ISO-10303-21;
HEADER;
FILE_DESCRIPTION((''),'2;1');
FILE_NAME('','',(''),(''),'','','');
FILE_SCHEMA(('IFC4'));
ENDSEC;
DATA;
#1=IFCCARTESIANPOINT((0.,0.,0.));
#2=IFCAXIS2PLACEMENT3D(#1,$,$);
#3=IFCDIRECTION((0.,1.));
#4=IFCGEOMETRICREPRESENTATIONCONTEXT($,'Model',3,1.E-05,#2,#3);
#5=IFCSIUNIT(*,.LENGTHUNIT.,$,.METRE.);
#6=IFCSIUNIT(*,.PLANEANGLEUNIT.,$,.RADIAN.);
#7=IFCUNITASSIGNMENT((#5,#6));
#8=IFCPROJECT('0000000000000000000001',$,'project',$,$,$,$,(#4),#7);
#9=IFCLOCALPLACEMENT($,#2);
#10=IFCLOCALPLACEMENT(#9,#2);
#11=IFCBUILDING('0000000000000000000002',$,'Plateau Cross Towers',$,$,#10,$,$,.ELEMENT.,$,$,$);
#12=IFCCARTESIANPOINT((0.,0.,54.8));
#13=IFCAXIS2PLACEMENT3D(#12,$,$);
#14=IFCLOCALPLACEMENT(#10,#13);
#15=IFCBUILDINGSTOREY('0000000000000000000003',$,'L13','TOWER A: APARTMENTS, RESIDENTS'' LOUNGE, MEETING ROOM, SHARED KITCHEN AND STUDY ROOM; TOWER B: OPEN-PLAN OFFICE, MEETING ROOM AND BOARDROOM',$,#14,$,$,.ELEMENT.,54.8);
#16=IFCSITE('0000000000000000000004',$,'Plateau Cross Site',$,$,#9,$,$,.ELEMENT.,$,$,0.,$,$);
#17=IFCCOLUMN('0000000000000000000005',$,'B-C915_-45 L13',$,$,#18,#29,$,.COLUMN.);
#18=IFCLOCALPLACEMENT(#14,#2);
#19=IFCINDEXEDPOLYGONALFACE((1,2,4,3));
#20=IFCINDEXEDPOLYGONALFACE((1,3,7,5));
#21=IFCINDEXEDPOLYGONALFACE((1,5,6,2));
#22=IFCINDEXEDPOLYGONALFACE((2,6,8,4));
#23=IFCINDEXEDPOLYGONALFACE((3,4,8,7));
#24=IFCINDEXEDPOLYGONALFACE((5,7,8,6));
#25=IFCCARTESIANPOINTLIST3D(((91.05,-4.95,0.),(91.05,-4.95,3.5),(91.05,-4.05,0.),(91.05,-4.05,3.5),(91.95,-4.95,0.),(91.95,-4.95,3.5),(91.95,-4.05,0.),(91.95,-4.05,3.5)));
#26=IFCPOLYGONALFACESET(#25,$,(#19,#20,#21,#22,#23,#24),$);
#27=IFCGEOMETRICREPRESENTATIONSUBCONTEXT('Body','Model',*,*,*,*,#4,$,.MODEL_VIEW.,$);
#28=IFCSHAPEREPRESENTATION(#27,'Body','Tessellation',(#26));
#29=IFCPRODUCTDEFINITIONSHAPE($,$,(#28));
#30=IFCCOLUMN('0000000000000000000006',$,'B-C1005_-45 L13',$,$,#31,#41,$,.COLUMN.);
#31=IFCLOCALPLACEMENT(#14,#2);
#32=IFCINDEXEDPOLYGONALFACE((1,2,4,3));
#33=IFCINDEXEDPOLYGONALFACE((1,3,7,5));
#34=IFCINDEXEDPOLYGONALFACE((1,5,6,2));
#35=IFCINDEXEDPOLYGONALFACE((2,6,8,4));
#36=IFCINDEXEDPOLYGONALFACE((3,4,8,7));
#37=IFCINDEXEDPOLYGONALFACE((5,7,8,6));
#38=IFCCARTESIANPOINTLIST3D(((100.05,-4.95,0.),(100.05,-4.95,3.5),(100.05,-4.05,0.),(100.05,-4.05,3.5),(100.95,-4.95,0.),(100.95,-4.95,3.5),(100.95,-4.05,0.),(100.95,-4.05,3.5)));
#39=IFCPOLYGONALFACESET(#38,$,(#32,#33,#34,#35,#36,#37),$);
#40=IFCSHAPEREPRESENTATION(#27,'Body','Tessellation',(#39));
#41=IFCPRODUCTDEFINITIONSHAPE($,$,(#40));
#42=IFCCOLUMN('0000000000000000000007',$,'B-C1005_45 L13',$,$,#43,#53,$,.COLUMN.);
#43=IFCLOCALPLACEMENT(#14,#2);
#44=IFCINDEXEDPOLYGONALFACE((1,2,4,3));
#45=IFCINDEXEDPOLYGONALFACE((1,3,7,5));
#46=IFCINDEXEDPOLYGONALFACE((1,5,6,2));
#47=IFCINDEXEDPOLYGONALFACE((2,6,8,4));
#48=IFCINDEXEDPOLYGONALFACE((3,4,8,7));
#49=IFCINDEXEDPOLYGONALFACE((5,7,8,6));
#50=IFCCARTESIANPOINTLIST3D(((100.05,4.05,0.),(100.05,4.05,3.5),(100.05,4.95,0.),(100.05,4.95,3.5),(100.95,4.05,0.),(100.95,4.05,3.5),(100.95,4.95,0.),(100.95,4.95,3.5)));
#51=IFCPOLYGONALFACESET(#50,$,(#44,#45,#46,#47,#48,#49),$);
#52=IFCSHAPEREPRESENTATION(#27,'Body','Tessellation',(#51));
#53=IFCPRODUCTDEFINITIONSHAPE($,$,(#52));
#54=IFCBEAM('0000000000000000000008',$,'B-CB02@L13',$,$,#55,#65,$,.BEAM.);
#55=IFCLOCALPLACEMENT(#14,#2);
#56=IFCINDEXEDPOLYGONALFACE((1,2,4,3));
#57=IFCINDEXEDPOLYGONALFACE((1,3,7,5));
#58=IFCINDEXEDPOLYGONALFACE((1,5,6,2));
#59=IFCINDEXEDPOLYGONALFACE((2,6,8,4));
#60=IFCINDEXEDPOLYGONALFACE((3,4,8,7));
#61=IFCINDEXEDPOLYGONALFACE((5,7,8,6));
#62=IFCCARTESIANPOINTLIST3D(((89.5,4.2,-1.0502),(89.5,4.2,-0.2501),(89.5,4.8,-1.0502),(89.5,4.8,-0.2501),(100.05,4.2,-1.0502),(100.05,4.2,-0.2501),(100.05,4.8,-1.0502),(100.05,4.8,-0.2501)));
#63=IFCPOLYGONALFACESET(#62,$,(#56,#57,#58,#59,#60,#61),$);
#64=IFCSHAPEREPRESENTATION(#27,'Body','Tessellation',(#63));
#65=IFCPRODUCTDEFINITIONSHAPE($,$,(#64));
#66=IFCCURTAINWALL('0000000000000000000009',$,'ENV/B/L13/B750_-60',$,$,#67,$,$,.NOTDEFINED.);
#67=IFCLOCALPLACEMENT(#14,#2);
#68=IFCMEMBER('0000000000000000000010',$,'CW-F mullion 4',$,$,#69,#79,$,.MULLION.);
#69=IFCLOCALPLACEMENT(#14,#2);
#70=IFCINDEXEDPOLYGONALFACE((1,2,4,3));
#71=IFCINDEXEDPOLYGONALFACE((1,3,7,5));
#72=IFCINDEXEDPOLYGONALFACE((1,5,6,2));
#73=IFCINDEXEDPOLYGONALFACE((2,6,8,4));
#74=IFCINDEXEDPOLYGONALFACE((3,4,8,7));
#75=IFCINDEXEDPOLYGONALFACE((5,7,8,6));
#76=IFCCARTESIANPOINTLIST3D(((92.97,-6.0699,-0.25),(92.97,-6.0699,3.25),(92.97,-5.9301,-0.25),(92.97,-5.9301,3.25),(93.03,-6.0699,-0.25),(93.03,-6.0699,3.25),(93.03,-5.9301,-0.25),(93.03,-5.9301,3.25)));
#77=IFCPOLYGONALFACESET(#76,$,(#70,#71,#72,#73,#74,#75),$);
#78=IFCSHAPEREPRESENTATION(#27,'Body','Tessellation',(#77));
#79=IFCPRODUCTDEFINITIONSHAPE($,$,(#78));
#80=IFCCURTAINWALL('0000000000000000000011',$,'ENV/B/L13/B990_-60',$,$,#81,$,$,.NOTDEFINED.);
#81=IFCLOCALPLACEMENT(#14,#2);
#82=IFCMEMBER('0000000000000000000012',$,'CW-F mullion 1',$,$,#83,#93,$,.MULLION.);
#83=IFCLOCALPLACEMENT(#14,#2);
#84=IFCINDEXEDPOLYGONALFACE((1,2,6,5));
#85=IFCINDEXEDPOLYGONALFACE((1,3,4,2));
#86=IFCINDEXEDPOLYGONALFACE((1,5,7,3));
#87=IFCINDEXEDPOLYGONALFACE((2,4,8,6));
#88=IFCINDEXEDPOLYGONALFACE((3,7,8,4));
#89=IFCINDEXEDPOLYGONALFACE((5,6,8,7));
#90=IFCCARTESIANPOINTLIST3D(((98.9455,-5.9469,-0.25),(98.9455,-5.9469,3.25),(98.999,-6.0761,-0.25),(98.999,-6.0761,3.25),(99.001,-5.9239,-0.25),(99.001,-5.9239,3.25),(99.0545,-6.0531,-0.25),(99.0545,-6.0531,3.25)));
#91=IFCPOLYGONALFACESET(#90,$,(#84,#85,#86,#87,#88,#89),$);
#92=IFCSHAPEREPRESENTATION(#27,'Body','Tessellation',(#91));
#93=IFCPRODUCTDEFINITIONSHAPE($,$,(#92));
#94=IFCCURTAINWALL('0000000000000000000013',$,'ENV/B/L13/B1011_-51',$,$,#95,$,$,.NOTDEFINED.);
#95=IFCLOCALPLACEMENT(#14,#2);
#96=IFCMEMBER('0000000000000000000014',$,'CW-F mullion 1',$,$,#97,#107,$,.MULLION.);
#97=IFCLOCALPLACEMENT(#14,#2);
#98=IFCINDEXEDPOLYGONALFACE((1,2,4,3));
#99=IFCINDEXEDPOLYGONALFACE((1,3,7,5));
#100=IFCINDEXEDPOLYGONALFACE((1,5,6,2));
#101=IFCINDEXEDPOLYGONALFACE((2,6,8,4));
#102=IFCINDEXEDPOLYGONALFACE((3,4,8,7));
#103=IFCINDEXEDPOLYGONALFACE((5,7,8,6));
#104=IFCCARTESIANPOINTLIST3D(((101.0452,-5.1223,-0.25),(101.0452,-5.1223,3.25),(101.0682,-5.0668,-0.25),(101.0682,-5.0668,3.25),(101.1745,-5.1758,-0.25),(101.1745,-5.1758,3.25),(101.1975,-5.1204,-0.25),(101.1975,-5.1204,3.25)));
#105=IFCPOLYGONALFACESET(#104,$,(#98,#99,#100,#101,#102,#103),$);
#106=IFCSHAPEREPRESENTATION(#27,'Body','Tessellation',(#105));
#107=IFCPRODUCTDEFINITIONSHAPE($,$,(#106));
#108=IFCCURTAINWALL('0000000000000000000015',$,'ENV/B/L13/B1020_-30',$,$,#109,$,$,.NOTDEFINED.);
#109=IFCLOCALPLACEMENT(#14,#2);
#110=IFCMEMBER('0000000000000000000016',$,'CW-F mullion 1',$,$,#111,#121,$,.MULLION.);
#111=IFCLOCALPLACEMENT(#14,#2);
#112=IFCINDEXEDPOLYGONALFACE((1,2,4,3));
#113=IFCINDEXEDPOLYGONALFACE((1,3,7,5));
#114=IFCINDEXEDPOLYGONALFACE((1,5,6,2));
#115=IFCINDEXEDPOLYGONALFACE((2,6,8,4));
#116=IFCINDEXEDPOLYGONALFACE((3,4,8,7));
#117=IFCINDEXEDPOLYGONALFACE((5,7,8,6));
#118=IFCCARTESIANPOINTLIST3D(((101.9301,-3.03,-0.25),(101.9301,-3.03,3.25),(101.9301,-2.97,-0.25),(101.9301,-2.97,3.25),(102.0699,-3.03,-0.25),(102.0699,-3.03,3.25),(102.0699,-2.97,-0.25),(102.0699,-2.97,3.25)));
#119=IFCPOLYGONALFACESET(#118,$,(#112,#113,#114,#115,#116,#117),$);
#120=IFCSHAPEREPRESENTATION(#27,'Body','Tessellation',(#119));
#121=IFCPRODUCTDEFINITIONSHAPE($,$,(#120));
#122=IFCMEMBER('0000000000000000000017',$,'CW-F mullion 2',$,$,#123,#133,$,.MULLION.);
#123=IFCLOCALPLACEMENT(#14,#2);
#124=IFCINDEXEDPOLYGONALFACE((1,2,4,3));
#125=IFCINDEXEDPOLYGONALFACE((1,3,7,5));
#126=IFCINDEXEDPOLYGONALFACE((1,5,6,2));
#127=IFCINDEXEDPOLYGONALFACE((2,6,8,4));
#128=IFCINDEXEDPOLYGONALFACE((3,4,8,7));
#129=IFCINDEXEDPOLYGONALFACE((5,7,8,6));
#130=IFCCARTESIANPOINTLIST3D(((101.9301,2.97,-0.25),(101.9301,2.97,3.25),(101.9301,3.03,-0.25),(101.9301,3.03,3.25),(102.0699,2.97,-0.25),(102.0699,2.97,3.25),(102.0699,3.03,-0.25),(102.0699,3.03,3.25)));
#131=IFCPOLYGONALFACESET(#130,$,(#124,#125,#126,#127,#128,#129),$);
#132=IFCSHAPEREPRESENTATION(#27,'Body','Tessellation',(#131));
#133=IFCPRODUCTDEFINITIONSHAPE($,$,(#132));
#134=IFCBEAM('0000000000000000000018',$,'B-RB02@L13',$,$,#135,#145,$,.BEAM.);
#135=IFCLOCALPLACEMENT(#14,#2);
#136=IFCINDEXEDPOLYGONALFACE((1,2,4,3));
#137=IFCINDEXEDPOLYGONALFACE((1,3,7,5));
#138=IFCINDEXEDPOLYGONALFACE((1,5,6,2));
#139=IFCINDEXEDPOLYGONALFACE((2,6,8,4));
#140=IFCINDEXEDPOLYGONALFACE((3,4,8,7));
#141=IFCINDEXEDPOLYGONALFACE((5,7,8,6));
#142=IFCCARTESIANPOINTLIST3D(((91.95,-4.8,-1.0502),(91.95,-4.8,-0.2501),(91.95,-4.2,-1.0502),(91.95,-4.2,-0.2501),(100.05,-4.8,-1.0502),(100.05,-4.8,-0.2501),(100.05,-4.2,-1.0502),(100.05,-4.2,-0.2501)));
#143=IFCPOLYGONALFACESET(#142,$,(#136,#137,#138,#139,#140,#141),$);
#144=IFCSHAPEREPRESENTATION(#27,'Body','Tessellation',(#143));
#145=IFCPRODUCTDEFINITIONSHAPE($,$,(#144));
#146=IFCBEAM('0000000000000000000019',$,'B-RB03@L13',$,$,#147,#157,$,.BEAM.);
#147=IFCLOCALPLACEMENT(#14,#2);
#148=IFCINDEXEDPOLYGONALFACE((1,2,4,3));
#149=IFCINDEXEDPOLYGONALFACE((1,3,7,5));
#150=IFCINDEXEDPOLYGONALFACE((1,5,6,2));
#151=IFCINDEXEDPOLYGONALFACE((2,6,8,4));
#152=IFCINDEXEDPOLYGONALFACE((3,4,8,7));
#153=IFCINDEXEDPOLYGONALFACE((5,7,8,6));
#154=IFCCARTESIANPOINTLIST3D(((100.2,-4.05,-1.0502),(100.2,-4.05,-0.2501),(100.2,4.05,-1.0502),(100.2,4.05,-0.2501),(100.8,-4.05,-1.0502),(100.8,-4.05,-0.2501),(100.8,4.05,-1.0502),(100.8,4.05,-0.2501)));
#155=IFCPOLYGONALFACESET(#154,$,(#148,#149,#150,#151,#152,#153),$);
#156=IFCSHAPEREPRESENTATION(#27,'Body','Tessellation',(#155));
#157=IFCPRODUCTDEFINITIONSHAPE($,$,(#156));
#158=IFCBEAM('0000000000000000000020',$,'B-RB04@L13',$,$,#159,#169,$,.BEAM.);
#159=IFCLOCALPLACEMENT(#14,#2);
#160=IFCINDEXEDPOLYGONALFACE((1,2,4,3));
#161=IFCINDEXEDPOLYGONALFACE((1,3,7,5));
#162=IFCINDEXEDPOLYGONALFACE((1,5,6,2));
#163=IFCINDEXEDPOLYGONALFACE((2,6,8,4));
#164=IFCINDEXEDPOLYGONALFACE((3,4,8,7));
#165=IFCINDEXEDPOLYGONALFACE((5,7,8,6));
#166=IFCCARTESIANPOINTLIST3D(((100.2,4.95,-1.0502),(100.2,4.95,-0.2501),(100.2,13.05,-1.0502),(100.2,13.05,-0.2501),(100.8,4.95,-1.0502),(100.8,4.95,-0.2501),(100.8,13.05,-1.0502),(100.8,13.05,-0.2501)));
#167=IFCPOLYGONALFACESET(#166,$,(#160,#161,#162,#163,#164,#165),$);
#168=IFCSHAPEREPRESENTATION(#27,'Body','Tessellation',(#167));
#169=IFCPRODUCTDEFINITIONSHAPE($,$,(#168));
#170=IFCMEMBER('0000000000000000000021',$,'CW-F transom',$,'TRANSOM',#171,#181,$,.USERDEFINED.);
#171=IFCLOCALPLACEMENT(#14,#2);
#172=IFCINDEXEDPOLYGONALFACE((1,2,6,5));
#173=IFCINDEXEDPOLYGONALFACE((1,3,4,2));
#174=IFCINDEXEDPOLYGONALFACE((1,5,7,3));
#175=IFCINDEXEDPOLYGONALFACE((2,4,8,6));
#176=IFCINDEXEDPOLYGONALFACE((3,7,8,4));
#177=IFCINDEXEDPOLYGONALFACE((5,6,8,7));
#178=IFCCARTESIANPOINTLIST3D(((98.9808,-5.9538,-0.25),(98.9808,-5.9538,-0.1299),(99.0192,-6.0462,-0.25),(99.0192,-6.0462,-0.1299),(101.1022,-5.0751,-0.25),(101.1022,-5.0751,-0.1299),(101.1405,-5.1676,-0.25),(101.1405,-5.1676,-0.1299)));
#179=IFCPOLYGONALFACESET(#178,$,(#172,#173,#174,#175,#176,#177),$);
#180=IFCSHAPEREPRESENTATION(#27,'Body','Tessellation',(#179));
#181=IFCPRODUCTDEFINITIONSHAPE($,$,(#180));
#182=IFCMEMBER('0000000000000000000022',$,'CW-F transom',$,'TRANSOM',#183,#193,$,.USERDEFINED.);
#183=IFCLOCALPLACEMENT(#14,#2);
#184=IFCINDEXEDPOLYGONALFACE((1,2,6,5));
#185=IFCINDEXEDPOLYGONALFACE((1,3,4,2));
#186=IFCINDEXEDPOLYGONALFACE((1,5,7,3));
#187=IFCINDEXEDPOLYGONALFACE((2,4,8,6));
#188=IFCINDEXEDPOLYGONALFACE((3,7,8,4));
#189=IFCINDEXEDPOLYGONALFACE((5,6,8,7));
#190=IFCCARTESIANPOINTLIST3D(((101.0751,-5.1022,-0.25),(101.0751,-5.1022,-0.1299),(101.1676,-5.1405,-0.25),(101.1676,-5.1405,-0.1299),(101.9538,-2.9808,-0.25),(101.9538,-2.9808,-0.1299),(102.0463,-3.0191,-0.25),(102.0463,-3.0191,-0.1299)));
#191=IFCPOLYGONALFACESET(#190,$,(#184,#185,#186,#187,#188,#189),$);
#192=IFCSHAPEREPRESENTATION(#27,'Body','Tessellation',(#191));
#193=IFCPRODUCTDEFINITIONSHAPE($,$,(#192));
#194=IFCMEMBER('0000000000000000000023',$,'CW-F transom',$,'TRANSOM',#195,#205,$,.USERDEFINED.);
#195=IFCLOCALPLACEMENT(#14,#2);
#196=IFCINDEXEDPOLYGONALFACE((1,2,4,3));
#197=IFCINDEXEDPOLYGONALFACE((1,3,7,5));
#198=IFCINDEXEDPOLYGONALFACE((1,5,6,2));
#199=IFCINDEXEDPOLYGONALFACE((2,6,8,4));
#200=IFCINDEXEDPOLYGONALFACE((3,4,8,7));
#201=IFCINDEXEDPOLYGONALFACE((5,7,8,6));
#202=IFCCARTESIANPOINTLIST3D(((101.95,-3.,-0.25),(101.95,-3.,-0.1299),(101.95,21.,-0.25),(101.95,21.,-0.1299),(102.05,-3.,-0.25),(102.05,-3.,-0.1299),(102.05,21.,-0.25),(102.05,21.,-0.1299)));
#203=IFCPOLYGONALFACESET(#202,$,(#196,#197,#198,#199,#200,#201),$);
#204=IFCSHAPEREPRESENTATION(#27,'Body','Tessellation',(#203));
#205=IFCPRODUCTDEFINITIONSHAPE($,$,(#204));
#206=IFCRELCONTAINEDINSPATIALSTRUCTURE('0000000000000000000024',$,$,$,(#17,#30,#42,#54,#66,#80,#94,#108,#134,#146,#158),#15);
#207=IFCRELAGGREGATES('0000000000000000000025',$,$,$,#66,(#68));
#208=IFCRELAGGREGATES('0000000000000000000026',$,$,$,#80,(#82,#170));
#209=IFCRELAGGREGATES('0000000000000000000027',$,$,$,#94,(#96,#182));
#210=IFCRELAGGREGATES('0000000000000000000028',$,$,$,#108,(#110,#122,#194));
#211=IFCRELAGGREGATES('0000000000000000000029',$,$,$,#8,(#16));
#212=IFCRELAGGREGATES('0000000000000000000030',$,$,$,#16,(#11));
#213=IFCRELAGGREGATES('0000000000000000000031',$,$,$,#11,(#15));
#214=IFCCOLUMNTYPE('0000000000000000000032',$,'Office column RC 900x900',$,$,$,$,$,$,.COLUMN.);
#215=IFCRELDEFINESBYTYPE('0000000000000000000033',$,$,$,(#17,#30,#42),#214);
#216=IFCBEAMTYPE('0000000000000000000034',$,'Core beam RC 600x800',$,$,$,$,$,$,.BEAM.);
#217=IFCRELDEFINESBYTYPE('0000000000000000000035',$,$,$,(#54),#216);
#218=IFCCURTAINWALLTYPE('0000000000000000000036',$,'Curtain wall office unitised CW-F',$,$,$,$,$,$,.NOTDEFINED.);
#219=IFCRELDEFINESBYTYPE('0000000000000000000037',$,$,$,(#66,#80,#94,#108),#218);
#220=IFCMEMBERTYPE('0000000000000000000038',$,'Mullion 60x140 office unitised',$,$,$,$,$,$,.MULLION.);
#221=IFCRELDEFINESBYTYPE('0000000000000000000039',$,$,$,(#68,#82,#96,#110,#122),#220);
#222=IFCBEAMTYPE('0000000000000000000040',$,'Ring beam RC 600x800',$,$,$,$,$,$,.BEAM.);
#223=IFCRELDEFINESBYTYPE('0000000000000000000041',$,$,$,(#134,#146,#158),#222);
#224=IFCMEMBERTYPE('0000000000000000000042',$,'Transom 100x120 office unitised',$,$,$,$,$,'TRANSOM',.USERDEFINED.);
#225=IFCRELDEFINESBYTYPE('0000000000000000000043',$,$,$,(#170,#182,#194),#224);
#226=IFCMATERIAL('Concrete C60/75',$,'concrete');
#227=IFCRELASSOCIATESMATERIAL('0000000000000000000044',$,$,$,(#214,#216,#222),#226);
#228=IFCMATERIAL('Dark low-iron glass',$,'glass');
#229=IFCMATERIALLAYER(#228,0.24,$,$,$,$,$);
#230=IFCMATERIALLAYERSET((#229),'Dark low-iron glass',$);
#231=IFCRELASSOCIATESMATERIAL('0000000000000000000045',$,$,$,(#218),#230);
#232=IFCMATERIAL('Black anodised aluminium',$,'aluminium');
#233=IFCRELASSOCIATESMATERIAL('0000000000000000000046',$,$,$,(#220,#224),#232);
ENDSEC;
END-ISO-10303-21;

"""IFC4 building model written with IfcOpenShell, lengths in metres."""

from ifc_helpers import new_model, si_unit, direction, frame, origin, origin_2d, place, context, subcontext, project, spatial, rectangle, extrude, material, layer, layer_set, material_profile, profile_set, type_object, element, aggregate, save


model = new_model("IFC4")

# Units and contexts
model_context = context("Model", 3, precision=1e-05, world=origin(), true_north=direction((0.0, 1.0)))
body_context = subcontext(model_context, "Body", "Model", "MODEL_VIEW")
ifc_project = project(units=[si_unit("LENGTHUNIT", "METRE"), si_unit("PLANEANGLEUNIT", "RADIAN")], contexts=[model_context])

# Site, building, storey
site_placement = place(None, origin())
site = spatial("IfcSite", under=ifc_project, at=site_placement, Name="Plateau Cross Site", CompositionType="ELEMENT", RefElevation=0.0)
building_placement = place(site_placement, origin())
building = spatial("IfcBuilding", under=site, at=building_placement, Name="Plateau Cross Towers", CompositionType="ELEMENT")
storey_placement = place(building_placement, frame((0.0, 0.0, 54.8)))
storey = spatial("IfcBuildingStorey", under=building, at=storey_placement, Name="L13", Description="TOWER A: APARTMENTS, RESIDENTS' LOUNGE, MEETING ROOM, SHARED KITCHEN AND STUDY ROOM; TOWER B: OPEN-PLAN OFFICE, MEETING ROOM AND BOARDROOM", CompositionType="ELEMENT", Elevation=54.8)

# Columns
ifc_material_1 = material(Name="Concrete C60/75", Category="concrete")
ifc_material_profile_1 = material_profile(ifc_material_1, rectangle(XDim=0.8999, YDim=0.8999, at=origin_2d()), Name="RC 900x900")
ifc_profile_set_1 = profile_set([ifc_material_profile_1], Name="Concrete C60/75")
column_type = type_object("IfcColumnType", Name="Office column RC 900x900", PredefinedType="COLUMN", material=ifc_profile_set_1)
for number, where, z_axis, x_axis, name in (
    (1, (91.5, -4.5, 0.0), (0.0, 0.0, 1.0), (1.0, 0.0, 0.0), "B-C915_-45 L13"),
    (2, (100.5, -4.5, 0.0), (0.0, 0.0, 1.0), (1.0, 0.0, 0.0), "B-C1005_-45 L13"),
    (3, (100.5, 4.5, 0.0), (0.0, 0.0, 1.0), (1.0, 0.0, 0.0), "B-C1005_45 L13"),
):
    element("IfcColumn", number, at=place(storey_placement, frame(where, z_axis=z_axis, x_axis=x_axis)), inside=storey, type_object=column_type, Name=name, PredefinedType="COLUMN", context=body_context, shape_type="SweptSolid", body=[
        extrude(rectangle(XDim=0.8999, YDim=0.8999, at=origin_2d()), origin(), (0.0, 0.0, 1.0), 3.5),
    ])

# Beam
ifc_material_profile_2 = material_profile(ifc_material_1, rectangle(XDim=0.6001, YDim=0.8, at=origin_2d()), Name="RC 600x800")
ifc_profile_set_2 = profile_set([ifc_material_profile_2], Name="Concrete C60/75")
beam_type_1 = type_object("IfcBeamType", Name="Core beam RC 600x800", PredefinedType="BEAM", material=ifc_profile_set_2)
beam_placement = place(storey_placement, frame((89.5, 4.5, -0.6501), z_axis=(1.0, 0.0, 0.0), x_axis=(0.0, 1.0, 0.0)))
element("IfcBeam", 4, at=beam_placement, inside=storey, type_object=beam_type_1, Name="B-CB02@L13", PredefinedType="BEAM", context=body_context, shape_type="SweptSolid", body=[
    extrude(rectangle(XDim=0.6001, YDim=0.8, at=origin_2d()), origin(), (0.0, 0.0, 1.0), 10.55),
])

# Curtain walls, members
ifc_material_2 = material(Name="Dark low-iron glass", Category="glass")
ifc_layer_1 = layer(ifc_material_2, 0.24)
ifc_layer_set_1 = layer_set([ifc_layer_1], Name="Dark low-iron glass")
curtain_wall_type = type_object("IfcCurtainWallType", Name="Curtain wall office unitised CW-F", PredefinedType="NOTDEFINED", material=ifc_layer_set_1)
curtain_wall_1_placement = place(storey_placement, origin())
curtain_wall_1 = element("IfcCurtainWall", 5, at=curtain_wall_1_placement, inside=storey, type_object=curtain_wall_type, Name="ENV/B/L13/B750_-60", PredefinedType="NOTDEFINED")
ifc_material_3 = material(Name="Black anodised aluminium", Category="aluminium")
ifc_material_profile_3 = material_profile(ifc_material_3, rectangle(XDim=0.0601, YDim=0.1399, at=origin_2d()), Name="MULLION 60x140")
ifc_profile_set_3 = profile_set([ifc_material_profile_3], Name="Black anodised aluminium")
member_type_1 = type_object("IfcMemberType", Name="Mullion 60x140 office unitised", PredefinedType="MULLION", material=ifc_profile_set_3)
member_1_placement = place(storey_placement, frame((93.0, -6.0, -0.25), z_axis=(0.0, 0.0, 1.0), x_axis=(1.0, 0.0, 0.0)))
member_1 = element("IfcMember", 6, at=member_1_placement, type_object=member_type_1, Name="CW-F mullion 4", PredefinedType="MULLION", context=body_context, shape_type="SweptSolid", body=[
    extrude(rectangle(XDim=0.0601, YDim=0.1399, at=origin_2d()), origin(), (0.0, 0.0, 1.0), 3.5),
])
curtain_wall_2_placement = place(storey_placement, origin())
curtain_wall_2 = element("IfcCurtainWall", 7, at=curtain_wall_2_placement, inside=storey, type_object=curtain_wall_type, Name="ENV/B/L13/B990_-60", PredefinedType="NOTDEFINED")
member_2_placement = place(storey_placement, frame((99.0, -6.0, -0.25), z_axis=(0.0, 0.0, 1.0), x_axis=(0.923879, 0.382684, 0.0)))
member_2 = element("IfcMember", 8, at=member_2_placement, type_object=member_type_1, Name="CW-F mullion 1", PredefinedType="MULLION", context=body_context, shape_type="SweptSolid", body=[
    extrude(rectangle(XDim=0.0601, YDim=0.1399, at=origin_2d()), origin(), (0.0, 0.0, 1.0), 3.5),
])
curtain_wall_3_placement = place(storey_placement, origin())
curtain_wall_3 = element("IfcCurtainWall", 9, at=curtain_wall_3_placement, inside=storey, type_object=curtain_wall_type, Name="ENV/B/L13/B1011_-51", PredefinedType="NOTDEFINED")
member_3_placement = place(storey_placement, frame((101.1213, -5.1213, -0.25), z_axis=(0.0, 0.0, 1.0), x_axis=(0.382684, 0.923879, 0.0)))
member_3 = element("IfcMember", 10, at=member_3_placement, type_object=member_type_1, Name="CW-F mullion 1", PredefinedType="MULLION", context=body_context, shape_type="SweptSolid", body=[
    extrude(rectangle(XDim=0.0601, YDim=0.1399, at=origin_2d()), origin(), (0.0, 0.0, 1.0), 3.5),
])

# Curtain wall, members
curtain_wall_4_placement = place(storey_placement, origin())
curtain_wall_4 = element("IfcCurtainWall", 11, at=curtain_wall_4_placement, inside=storey, type_object=curtain_wall_type, Name="ENV/B/L13/B1020_-30", PredefinedType="NOTDEFINED")
member_4_placement = place(storey_placement, frame((102.0, -3.0, -0.25), z_axis=(0.0, 0.0, 1.0), x_axis=(0.0, 1.0, 0.0)))
member_4 = element("IfcMember", 12, at=member_4_placement, type_object=member_type_1, Name="CW-F mullion 1", PredefinedType="MULLION", context=body_context, shape_type="SweptSolid", body=[
    extrude(rectangle(XDim=0.0601, YDim=0.1399, at=origin_2d()), origin(), (0.0, 0.0, 1.0), 3.5),
])
member_5_placement = place(storey_placement, frame((102.0, 3.0, -0.25), z_axis=(0.0, 0.0, 1.0), x_axis=(0.0, 1.0, 0.0)))
member_5 = element("IfcMember", 13, at=member_5_placement, type_object=member_type_1, Name="CW-F mullion 2", PredefinedType="MULLION", context=body_context, shape_type="SweptSolid", body=[
    extrude(rectangle(XDim=0.0601, YDim=0.1399, at=origin_2d()), origin(), (0.0, 0.0, 1.0), 3.5),
])

# Beams
ifc_material_profile_4 = material_profile(ifc_material_1, rectangle(XDim=0.6001, YDim=0.8, at=origin_2d()), Name="RC 600x800")
ifc_profile_set_4 = profile_set([ifc_material_profile_4], Name="Concrete C60/75")
beam_type_2 = type_object("IfcBeamType", Name="Ring beam RC 600x800", PredefinedType="BEAM", material=ifc_profile_set_4)
for number, where, z_axis, x_axis, name in (
    (14, (91.95, -4.5, -0.6501), (1.0, 0.0, 0.0), (0.0, 1.0, 0.0), "B-RB02@L13"),
    (15, (100.5, -4.05, -0.6501), (0.0, 1.0, 0.0), (-1.0, 0.0, 0.0), "B-RB03@L13"),
    (16, (100.5, 4.95, -0.6501), (0.0, 1.0, 0.0), (-1.0, 0.0, 0.0), "B-RB04@L13"),
):
    element("IfcBeam", number, at=place(storey_placement, frame(where, z_axis=z_axis, x_axis=x_axis)), inside=storey, type_object=beam_type_2, Name=name, PredefinedType="BEAM", context=body_context, shape_type="SweptSolid", body=[
        extrude(rectangle(XDim=0.6001, YDim=0.8, at=origin_2d()), origin(), (0.0, 0.0, 1.0), 8.1001),
    ])

# Members
ifc_material_profile_5 = material_profile(ifc_material_3, rectangle(XDim=0.1001, YDim=0.1201, at=origin_2d()), Name="TRANSOM 100x120")
ifc_profile_set_5 = profile_set([ifc_material_profile_5], Name="Black anodised aluminium")
member_type_2 = type_object("IfcMemberType", Name="Transom 100x120 office unitised", ElementType="TRANSOM", PredefinedType="USERDEFINED", material=ifc_profile_set_5)
member_6_placement = place(storey_placement, frame((99.0, -6.0, -0.1899), z_axis=(0.923883, 0.382674, 0.0), x_axis=(-0.382674, 0.923883, 0.0)))
member_6 = element("IfcMember", 17, at=member_6_placement, type_object=member_type_2, Name="CW-F transom", ObjectType="TRANSOM", PredefinedType="USERDEFINED", context=body_context, shape_type="SweptSolid", body=[
    extrude(rectangle(XDim=0.1001, YDim=0.1201, at=origin_2d()), origin(), (0.0, 0.0, 1.0), 2.2961),
])
member_7_placement = place(storey_placement, frame((101.1213, -5.1213, -0.1899), z_axis=(0.382674, 0.923883, 0.0), x_axis=(-0.923883, 0.382674, 0.0)))
member_7 = element("IfcMember", 18, at=member_7_placement, type_object=member_type_2, Name="CW-F transom", ObjectType="TRANSOM", PredefinedType="USERDEFINED", context=body_context, shape_type="SweptSolid", body=[
    extrude(rectangle(XDim=0.1001, YDim=0.1201, at=origin_2d()), origin(), (0.0, 0.0, 1.0), 2.2961),
])
member_8_placement = place(storey_placement, frame((102.0, -3.0, -0.1899), z_axis=(0.0, 1.0, 0.0), x_axis=(-1.0, 0.0, 0.0)))
member_8 = element("IfcMember", 19, at=member_8_placement, type_object=member_type_2, Name="CW-F transom", ObjectType="TRANSOM", PredefinedType="USERDEFINED", context=body_context, shape_type="SweptSolid", body=[
    extrude(rectangle(XDim=0.1001, YDim=0.1201, at=origin_2d()), origin(), (0.0, 0.0, 1.0), 24.0),
])

aggregate(curtain_wall_1, [member_1])
aggregate(curtain_wall_2, [member_2, member_6])
aggregate(curtain_wall_3, [member_3, member_7])
aggregate(curtain_wall_4, [member_4, member_5, member_8])

save(model, "model.ifc")
